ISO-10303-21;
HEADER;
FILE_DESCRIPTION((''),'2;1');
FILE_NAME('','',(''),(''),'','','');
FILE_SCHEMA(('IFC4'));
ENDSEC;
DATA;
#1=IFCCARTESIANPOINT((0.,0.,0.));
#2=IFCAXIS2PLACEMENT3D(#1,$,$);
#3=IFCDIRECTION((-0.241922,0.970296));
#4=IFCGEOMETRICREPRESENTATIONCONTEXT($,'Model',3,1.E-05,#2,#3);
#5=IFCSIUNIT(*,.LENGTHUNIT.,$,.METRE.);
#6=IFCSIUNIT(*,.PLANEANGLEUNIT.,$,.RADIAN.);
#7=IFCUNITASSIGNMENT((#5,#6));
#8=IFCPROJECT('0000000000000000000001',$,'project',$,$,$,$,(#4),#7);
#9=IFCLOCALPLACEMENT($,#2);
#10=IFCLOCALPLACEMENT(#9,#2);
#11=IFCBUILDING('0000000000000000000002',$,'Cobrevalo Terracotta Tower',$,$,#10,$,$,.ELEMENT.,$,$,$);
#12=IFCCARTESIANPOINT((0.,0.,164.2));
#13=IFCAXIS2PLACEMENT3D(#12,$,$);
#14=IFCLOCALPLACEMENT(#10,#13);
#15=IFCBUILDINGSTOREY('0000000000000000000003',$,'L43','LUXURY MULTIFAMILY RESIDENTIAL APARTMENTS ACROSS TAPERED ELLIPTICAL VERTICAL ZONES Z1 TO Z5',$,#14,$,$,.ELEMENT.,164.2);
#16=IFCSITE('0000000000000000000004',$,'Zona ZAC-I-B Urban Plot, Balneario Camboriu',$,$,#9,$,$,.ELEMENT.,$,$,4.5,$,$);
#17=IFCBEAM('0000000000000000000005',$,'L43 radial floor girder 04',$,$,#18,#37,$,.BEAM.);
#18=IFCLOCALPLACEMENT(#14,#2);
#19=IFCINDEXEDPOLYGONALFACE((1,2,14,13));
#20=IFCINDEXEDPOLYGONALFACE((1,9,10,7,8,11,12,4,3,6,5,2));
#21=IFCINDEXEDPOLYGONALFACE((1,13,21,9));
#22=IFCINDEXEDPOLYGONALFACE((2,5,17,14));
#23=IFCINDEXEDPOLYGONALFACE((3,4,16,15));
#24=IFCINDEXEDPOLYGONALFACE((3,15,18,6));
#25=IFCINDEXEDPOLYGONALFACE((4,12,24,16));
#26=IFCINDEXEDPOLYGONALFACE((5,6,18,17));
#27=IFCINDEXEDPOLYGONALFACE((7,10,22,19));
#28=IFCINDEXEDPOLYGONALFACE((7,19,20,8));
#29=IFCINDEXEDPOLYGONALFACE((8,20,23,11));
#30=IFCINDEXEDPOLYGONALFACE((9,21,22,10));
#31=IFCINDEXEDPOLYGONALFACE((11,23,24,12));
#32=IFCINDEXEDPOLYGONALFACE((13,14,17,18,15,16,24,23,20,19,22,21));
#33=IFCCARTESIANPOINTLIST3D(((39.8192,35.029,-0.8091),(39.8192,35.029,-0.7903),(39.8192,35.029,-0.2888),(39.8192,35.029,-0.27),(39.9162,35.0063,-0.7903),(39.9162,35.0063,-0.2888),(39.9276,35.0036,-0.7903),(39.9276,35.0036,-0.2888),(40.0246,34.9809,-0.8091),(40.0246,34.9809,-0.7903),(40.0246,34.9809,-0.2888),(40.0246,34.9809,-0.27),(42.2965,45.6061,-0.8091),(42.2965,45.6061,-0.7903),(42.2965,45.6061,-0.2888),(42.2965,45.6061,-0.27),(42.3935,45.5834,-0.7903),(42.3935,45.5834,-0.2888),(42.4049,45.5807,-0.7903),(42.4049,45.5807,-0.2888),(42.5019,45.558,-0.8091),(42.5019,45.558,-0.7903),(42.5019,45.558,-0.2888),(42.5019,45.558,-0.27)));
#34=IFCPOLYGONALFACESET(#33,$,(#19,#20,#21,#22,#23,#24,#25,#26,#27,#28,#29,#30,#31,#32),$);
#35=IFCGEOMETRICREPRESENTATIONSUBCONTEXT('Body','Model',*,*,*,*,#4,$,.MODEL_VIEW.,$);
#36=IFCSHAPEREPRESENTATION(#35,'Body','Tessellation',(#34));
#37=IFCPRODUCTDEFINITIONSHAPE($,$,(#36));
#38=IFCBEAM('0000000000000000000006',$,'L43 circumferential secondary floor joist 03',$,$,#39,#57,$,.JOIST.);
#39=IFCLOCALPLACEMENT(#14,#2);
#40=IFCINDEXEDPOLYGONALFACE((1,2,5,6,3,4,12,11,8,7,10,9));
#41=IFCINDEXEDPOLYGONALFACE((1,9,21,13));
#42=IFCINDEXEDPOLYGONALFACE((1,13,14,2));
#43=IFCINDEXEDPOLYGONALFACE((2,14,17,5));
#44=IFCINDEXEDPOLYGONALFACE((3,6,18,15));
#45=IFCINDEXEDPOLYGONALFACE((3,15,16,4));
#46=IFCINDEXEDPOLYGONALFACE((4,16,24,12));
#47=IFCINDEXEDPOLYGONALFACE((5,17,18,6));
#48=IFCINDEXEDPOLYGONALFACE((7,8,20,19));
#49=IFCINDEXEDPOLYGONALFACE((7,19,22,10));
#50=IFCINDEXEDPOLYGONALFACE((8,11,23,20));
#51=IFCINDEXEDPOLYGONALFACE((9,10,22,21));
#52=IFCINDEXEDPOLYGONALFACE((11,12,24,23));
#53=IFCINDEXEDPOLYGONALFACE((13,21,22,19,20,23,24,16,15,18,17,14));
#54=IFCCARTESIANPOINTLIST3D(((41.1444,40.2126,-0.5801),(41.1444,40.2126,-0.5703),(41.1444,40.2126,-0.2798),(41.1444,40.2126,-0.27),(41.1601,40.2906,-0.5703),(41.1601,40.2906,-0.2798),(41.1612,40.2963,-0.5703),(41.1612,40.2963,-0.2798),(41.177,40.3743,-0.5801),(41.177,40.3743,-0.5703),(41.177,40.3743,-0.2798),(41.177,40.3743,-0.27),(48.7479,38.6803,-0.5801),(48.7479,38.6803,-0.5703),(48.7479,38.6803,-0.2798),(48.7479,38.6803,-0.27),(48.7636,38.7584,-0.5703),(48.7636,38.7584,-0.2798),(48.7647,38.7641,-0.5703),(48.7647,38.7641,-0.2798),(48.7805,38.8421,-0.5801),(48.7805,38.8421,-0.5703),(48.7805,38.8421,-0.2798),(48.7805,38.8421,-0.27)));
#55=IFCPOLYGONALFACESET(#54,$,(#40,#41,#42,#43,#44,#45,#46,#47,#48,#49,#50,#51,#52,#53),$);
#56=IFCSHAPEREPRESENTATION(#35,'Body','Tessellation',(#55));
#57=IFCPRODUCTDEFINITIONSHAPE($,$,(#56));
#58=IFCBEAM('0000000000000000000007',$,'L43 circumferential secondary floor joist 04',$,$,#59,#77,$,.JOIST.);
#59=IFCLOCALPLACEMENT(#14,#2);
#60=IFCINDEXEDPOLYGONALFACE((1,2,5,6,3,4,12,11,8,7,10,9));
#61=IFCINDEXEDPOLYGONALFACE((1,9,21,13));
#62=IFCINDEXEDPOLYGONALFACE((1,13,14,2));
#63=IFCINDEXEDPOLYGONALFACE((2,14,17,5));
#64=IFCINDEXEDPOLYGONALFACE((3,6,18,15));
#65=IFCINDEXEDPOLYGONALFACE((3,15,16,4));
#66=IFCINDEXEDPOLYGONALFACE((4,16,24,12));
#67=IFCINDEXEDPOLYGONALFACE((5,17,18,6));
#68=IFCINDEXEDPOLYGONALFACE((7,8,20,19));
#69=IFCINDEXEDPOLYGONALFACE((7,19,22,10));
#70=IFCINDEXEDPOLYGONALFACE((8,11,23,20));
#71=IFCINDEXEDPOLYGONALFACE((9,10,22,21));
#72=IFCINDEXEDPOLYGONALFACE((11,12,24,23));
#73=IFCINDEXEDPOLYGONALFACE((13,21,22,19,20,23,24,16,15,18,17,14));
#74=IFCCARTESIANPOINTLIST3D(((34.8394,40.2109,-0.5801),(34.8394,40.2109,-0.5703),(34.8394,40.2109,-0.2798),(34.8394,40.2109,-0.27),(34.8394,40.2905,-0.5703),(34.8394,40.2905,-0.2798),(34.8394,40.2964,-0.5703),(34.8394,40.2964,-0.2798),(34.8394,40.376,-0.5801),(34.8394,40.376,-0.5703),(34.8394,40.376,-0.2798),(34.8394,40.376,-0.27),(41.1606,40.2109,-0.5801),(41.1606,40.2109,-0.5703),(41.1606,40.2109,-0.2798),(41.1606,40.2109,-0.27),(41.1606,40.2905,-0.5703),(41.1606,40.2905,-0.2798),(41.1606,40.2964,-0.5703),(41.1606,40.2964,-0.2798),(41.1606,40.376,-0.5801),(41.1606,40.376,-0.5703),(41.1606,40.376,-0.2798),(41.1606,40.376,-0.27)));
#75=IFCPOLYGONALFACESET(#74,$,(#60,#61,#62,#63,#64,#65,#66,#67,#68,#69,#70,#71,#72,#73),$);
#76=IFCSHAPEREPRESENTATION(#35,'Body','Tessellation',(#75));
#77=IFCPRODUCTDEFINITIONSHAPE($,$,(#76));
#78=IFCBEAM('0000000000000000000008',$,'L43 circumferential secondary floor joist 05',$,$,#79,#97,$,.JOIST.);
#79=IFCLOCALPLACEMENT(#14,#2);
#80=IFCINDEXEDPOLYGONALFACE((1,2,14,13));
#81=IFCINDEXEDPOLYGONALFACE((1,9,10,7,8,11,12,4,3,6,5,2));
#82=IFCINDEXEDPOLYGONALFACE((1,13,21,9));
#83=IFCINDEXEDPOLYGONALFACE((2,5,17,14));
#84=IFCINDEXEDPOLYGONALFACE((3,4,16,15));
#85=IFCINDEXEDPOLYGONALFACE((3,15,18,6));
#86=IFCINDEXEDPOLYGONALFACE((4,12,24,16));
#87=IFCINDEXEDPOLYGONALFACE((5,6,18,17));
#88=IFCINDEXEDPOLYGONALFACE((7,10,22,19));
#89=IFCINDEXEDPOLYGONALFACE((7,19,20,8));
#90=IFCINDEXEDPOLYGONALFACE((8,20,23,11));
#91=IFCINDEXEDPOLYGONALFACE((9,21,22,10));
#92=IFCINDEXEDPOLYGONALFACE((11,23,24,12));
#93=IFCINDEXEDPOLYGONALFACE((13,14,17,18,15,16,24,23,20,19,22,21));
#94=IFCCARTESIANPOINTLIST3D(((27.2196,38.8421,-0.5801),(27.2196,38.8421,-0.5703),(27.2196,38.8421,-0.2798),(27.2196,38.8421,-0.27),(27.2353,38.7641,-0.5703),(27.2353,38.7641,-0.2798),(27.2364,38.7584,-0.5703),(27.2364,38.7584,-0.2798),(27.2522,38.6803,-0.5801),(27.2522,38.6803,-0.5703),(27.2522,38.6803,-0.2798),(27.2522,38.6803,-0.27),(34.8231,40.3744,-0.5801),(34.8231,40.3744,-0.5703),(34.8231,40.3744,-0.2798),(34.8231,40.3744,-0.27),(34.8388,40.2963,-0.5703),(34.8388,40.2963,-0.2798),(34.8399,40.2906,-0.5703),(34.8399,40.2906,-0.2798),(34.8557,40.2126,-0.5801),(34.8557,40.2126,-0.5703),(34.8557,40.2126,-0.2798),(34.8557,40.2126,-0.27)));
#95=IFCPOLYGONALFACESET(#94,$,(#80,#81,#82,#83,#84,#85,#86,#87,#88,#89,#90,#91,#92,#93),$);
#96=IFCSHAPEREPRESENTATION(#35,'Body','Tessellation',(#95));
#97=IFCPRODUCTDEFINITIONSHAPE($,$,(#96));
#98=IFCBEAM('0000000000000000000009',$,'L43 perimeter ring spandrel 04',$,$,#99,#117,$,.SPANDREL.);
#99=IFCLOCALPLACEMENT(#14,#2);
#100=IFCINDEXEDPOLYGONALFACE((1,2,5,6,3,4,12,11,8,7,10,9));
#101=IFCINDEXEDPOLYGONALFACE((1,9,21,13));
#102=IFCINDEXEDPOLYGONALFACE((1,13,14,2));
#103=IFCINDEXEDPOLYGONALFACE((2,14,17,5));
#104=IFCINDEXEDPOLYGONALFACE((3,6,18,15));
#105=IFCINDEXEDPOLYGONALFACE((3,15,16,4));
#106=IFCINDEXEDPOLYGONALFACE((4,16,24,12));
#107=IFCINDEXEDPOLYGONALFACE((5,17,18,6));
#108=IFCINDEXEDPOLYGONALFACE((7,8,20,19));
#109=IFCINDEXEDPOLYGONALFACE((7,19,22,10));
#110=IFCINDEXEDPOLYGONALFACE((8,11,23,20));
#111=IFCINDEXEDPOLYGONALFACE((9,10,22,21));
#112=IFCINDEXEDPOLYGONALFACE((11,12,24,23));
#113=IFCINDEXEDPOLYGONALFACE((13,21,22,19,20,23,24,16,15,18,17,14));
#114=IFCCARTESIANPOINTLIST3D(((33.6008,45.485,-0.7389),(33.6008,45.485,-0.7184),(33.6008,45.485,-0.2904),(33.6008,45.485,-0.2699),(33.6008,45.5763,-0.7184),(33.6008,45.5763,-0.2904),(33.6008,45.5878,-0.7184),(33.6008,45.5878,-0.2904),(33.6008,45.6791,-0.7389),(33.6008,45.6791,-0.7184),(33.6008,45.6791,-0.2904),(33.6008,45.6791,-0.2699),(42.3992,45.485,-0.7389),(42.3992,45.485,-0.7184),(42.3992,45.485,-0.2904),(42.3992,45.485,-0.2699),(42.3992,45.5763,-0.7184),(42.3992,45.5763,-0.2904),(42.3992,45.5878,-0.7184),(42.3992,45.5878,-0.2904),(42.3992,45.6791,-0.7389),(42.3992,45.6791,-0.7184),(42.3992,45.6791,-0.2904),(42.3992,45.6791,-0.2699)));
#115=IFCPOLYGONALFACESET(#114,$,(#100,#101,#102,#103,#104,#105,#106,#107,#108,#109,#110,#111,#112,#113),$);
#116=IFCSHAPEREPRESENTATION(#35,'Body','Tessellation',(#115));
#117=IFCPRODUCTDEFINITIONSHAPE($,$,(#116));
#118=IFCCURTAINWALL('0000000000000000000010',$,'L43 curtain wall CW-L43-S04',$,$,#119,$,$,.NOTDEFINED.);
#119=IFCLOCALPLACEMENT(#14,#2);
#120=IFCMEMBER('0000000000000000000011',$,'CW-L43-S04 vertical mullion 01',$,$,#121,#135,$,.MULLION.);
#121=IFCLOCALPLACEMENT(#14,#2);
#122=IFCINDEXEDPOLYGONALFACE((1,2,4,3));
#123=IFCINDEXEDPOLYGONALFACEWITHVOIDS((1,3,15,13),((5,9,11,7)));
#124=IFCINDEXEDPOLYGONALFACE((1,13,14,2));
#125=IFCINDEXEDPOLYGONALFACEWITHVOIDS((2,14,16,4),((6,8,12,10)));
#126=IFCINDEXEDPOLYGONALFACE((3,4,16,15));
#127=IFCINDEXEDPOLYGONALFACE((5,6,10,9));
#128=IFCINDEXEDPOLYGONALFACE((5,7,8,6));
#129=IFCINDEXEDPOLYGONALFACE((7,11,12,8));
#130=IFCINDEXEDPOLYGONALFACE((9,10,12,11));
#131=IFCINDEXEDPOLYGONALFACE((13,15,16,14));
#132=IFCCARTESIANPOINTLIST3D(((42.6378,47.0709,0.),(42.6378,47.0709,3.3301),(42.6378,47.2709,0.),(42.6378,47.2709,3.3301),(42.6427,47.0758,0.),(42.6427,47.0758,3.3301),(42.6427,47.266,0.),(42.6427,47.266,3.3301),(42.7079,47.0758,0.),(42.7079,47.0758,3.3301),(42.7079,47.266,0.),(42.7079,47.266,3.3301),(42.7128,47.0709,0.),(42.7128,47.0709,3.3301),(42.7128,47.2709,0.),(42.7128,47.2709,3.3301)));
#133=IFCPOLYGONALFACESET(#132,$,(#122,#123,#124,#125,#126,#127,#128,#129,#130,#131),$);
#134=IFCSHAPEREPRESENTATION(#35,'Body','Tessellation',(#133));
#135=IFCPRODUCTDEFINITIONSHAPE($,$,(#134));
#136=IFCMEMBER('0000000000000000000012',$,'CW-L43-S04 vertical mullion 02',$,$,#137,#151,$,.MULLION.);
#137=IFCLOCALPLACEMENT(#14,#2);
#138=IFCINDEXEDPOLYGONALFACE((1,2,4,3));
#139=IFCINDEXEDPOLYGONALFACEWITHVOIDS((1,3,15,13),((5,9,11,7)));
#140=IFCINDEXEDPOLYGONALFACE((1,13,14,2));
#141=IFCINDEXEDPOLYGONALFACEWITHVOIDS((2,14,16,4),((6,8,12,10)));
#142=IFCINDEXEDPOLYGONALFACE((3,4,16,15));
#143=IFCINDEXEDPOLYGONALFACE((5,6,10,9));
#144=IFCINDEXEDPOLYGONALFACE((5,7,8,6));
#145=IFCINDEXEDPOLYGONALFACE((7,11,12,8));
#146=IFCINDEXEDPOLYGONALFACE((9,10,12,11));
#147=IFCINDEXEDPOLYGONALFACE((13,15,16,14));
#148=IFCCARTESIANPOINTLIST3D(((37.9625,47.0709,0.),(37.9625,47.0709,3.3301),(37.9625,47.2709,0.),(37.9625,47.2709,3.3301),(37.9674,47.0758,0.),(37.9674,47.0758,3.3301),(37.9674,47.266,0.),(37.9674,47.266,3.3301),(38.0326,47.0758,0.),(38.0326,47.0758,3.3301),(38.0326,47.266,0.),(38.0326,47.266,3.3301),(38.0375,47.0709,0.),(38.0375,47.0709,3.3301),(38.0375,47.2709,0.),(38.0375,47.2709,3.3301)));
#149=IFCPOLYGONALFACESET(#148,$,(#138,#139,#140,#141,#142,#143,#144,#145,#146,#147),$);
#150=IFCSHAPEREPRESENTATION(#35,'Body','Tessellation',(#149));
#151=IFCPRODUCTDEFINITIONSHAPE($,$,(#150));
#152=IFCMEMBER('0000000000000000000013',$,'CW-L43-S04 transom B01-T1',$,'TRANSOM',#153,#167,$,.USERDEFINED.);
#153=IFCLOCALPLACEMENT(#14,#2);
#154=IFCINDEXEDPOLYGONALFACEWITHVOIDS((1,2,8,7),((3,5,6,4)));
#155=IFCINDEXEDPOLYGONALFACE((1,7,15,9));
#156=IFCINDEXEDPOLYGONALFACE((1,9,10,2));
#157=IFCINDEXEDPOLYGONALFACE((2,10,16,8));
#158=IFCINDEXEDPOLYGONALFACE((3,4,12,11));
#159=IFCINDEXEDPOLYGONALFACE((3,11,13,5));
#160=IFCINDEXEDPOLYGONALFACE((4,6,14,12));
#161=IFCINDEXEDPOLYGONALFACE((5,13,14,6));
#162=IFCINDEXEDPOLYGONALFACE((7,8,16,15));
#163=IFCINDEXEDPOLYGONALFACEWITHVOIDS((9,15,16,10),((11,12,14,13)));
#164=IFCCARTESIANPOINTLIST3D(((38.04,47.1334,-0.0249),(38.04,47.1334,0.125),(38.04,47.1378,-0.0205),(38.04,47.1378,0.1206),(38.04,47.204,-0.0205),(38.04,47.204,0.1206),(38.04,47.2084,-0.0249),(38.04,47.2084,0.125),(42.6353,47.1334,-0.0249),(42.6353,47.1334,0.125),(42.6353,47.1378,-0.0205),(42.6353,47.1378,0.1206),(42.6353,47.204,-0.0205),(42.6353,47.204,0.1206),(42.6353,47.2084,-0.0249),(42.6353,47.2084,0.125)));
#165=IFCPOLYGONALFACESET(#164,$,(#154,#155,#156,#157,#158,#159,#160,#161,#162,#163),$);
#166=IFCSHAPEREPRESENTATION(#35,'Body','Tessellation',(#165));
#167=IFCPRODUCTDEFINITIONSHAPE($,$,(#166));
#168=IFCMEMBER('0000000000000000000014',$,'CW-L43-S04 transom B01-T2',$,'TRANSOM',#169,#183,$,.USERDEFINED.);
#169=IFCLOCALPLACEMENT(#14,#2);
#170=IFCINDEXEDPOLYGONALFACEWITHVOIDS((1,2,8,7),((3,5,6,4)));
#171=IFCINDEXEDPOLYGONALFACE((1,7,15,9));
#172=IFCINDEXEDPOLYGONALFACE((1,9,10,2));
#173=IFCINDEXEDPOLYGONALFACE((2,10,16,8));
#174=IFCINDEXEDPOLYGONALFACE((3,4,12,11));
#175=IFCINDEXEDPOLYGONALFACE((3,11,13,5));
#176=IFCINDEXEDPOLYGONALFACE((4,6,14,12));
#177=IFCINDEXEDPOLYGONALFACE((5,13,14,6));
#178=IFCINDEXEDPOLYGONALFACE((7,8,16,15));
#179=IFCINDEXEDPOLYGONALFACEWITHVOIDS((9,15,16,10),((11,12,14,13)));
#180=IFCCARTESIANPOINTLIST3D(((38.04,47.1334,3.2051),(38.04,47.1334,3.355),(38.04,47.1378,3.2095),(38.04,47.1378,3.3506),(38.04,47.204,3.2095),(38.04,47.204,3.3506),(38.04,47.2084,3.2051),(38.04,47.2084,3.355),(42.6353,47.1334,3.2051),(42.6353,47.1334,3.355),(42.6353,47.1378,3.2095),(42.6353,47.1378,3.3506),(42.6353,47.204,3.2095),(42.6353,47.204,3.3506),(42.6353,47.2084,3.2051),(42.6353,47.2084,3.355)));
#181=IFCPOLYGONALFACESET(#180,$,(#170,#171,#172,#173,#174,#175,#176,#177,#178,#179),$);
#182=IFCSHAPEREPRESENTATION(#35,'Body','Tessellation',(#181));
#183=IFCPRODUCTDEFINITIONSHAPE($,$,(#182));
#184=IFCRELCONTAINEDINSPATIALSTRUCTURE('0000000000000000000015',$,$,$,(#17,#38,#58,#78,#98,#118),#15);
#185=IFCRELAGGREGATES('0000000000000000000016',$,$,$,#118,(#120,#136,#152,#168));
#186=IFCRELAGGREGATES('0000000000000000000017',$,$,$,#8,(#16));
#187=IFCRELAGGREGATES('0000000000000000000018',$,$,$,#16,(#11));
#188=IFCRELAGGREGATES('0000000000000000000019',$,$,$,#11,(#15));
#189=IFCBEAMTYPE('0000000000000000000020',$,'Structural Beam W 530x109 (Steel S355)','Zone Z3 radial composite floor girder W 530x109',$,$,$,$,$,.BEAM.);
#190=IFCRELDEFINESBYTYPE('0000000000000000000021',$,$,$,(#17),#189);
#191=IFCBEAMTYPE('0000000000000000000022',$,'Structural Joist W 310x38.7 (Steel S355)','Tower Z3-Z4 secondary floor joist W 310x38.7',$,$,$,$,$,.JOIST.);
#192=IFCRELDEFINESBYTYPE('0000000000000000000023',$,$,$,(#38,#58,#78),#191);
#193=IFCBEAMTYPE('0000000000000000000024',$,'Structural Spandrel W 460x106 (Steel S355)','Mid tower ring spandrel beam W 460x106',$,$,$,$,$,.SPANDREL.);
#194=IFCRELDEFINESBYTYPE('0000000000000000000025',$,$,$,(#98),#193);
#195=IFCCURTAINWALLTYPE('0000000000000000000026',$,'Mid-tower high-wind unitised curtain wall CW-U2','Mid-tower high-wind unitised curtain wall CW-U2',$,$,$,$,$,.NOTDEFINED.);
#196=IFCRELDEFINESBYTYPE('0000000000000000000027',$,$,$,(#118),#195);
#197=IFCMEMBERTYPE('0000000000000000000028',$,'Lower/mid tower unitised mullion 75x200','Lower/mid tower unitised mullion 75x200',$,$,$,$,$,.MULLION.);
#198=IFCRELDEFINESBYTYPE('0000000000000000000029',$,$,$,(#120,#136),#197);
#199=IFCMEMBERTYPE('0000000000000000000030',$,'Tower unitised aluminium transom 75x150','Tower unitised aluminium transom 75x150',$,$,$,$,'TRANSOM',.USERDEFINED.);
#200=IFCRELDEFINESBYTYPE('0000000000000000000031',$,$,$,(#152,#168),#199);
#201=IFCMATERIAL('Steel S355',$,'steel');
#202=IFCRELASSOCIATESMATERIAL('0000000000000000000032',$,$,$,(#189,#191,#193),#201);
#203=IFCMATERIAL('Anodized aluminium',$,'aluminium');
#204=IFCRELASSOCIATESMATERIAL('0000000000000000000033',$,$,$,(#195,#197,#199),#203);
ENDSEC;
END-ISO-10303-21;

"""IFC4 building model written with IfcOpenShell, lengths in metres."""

from ifc_helpers import new_model, si_unit, direction, frame, origin, origin_2d, place, context, subcontext, project, spatial, hollow_rectangle, i_section, extrude, source, transform, mapped, material, material_profile, profile_set, type_object, element, aggregate, save


model = new_model("IFC4")

# Units and contexts
model_context = context("Model", 3, precision=1e-05, world=origin(), true_north=direction((-0.241922, 0.970296)))
body_context = subcontext(model_context, "Body", "Model", "MODEL_VIEW")
ifc_project = project(units=[si_unit("LENGTHUNIT", "METRE"), si_unit("PLANEANGLEUNIT", "RADIAN")], contexts=[model_context])

# Site, building, storey
site_placement = place(None, origin())
site = spatial("IfcSite", under=ifc_project, at=site_placement, Name="Zona ZAC-I-B Urban Plot, Balneario Camboriu", CompositionType="ELEMENT", RefElevation=4.5)
building_placement = place(site_placement, origin())
building = spatial("IfcBuilding", under=site, at=building_placement, Name="Cobrevalo Terracotta Tower", CompositionType="ELEMENT")
storey_placement = place(building_placement, frame((0.0, 0.0, 164.2)))
storey = spatial("IfcBuildingStorey", under=building, at=storey_placement, Name="L43", Description="LUXURY MULTIFAMILY RESIDENTIAL APARTMENTS ACROSS TAPERED ELLIPTICAL VERTICAL ZONES Z1 TO Z5", CompositionType="ELEMENT", Elevation=164.2)

# Shared definitions
ifc_material_1 = material(Name="Steel S355", Category="steel")

# Beams
ifc_material_profile_1 = material_profile(ifc_material_1, i_section(OverallWidth=0.2109, OverallDepth=0.5391, WebThickness=0.0117, FlangeThickness=0.0188, at=origin_2d()), Name="W 530x109")
ifc_profile_set_1 = profile_set([ifc_material_profile_1], Name="Steel S355")
beam_type_1 = type_object("IfcBeamType", Name="Structural Beam W 530x109 (Steel S355)", Description="Zone Z3 radial composite floor girder W 530x109", PredefinedType="BEAM", material=ifc_profile_set_1)
beam_1_placement = place(storey_placement, frame((42.3992, 45.582, -0.5396), z_axis=(-0.228041, -0.973652, 0.0), x_axis=(0.973652, -0.228041, 0.0)))
element("IfcBeam", 1, at=beam_1_placement, inside=storey, type_object=beam_type_1, Name="L43 radial floor girder 04", PredefinedType="BEAM", context=body_context, shape_type="SweptSolid", body=[
    extrude(i_section(OverallWidth=0.2109, OverallDepth=0.5391, WebThickness=0.0117, FlangeThickness=0.0188, at=origin_2d()), origin(), (0.0, 0.0, 1.0), 10.8633),
])
ifc_material_profile_2 = material_profile(ifc_material_1, i_section(OverallWidth=0.165, OverallDepth=0.3101, WebThickness=0.0059, FlangeThickness=0.0098, at=origin_2d()), Name="W 310x38.7")
ifc_profile_set_2 = profile_set([ifc_material_profile_2], Name="Steel S355")
beam_type_2 = type_object("IfcBeamType", Name="Structural Joist W 310x38.7 (Steel S355)", Description="Tower Z3-Z4 secondary floor joist W 310x38.7", PredefinedType="JOIST", material=ifc_profile_set_2)
beam_2_placement = place(storey_placement, frame((48.7642, 38.7612, -0.425), z_axis=(-0.980294, 0.197544, 0.0), x_axis=(-0.197544, -0.980294, 0.0)))
element("IfcBeam", 2, at=beam_2_placement, inside=storey, type_object=beam_type_2, Name="L43 circumferential secondary floor joist 03", PredefinedType="JOIST", context=body_context, shape_type="SweptSolid", body=[
    extrude(i_section(OverallWidth=0.165, OverallDepth=0.3101, WebThickness=0.0059, FlangeThickness=0.0098, at=origin_2d()), origin(), (0.0, 0.0, 1.0), 7.7563),
])
beam_3_placement = place(storey_placement, frame((41.1606, 40.2935, -0.425), z_axis=(-1.0, 0.0, 0.0), x_axis=(0.0, -1.0, 0.0)))
element("IfcBeam", 3, at=beam_3_placement, inside=storey, type_object=beam_type_2, Name="L43 circumferential secondary floor joist 04", PredefinedType="JOIST", context=body_context, shape_type="SweptSolid", body=[
    extrude(i_section(OverallWidth=0.165, OverallDepth=0.3101, WebThickness=0.0059, FlangeThickness=0.0098, at=origin_2d()), origin(), (0.0, 0.0, 1.0), 6.3213),
])
beam_4_placement = place(storey_placement, frame((34.8394, 40.2935, -0.425), z_axis=(-0.980294, -0.197544, 0.0), x_axis=(0.197544, -0.980294, 0.0)))
element("IfcBeam", 4, at=beam_4_placement, inside=storey, type_object=beam_type_2, Name="L43 circumferential secondary floor joist 05", PredefinedType="JOIST", context=body_context, shape_type="SweptSolid", body=[
    extrude(i_section(OverallWidth=0.165, OverallDepth=0.3101, WebThickness=0.0059, FlangeThickness=0.0098, at=origin_2d()), origin(), (0.0, 0.0, 1.0), 7.7563),
])
ifc_material_profile_3 = material_profile(ifc_material_1, i_section(OverallWidth=0.1941, OverallDepth=0.469, WebThickness=0.0115, FlangeThickness=0.0205, at=origin_2d()), Name="W 460x106")
ifc_profile_set_3 = profile_set([ifc_material_profile_3], Name="Steel S355")
beam_type_3 = type_object("IfcBeamType", Name="Structural Spandrel W 460x106 (Steel S355)", Description="Mid tower ring spandrel beam W 460x106", PredefinedType="SPANDREL", material=ifc_profile_set_3)
beam_5_placement = place(storey_placement, frame((42.3992, 45.582, -0.5044), z_axis=(-1.0, 0.0, 0.0), x_axis=(0.0, -1.0, 0.0)))
element("IfcBeam", 5, at=beam_5_placement, inside=storey, type_object=beam_type_3, Name="L43 perimeter ring spandrel 04", PredefinedType="SPANDREL", context=body_context, shape_type="SweptSolid", body=[
    extrude(i_section(OverallWidth=0.1941, OverallDepth=0.469, WebThickness=0.0115, FlangeThickness=0.0205, at=origin_2d()), origin(), (0.0, 0.0, 1.0), 8.7983),
])

# Curtain wall, members
ifc_material_2 = material(Name="Anodized aluminium", Category="aluminium")
curtain_wall_type = type_object("IfcCurtainWallType", Name="Mid-tower high-wind unitised curtain wall CW-U2", Description="Mid-tower high-wind unitised curtain wall CW-U2", PredefinedType="NOTDEFINED", material=ifc_material_2)
curtain_wall_placement = place(storey_placement, origin())
curtain_wall = element("IfcCurtainWall", 6, at=curtain_wall_placement, inside=storey, type_object=curtain_wall_type, Name="L43 curtain wall CW-L43-S04", PredefinedType="NOTDEFINED")
ifc_material_profile_4 = material_profile(ifc_material_2, hollow_rectangle(XDim=0.075, YDim=0.2, WallThickness=0.0049, at=origin_2d()), Name="CWM 75x200")
ifc_profile_set_4 = profile_set([ifc_material_profile_4], Name="Anodized aluminium")
member_type_1 = type_object("IfcMemberType", Name="Lower/mid tower unitised mullion 75x200", Description="Lower/mid tower unitised mullion 75x200", PredefinedType="MULLION", material=ifc_profile_set_4)
shared_shape_1 = source(origin(), body_context, "Body", "SweptSolid", [
    extrude(hollow_rectangle(XDim=0.075, YDim=0.2, WallThickness=0.0049, at=origin_2d()), origin(), (0.0, 0.0, 1.0), 3.3301),
])
member_1_placement = place(storey_placement, frame((42.6753, 47.1709, 0.0), z_axis=(0.0, 0.0, 1.0), x_axis=(-1.0, 0.0, 0.0)))
member_1 = element("IfcMember", 7, at=member_1_placement, type_object=member_type_1, Name="CW-L43-S04 vertical mullion 01", PredefinedType="MULLION", context=body_context, shape_type="MappedRepresentation", body=[
    mapped(shared_shape_1, transform((0.0, 0.0, 0.0), scale=1.0)),
])
member_2_placement = place(storey_placement, frame((38.0, 47.1709, 0.0), z_axis=(0.0, 0.0, 1.0), x_axis=(-1.0, 0.0, 0.0)))
member_2 = element("IfcMember", 8, at=member_2_placement, type_object=member_type_1, Name="CW-L43-S04 vertical mullion 02", PredefinedType="MULLION", context=body_context, shape_type="MappedRepresentation", body=[
    mapped(shared_shape_1, transform((0.0, 0.0, 0.0), scale=1.0)),
])
ifc_material_profile_5 = material_profile(ifc_material_2, hollow_rectangle(XDim=0.075, YDim=0.1499, WallThickness=0.0044, at=origin_2d()), Name="CWT 75x150")
ifc_profile_set_5 = profile_set([ifc_material_profile_5], Name="Anodized aluminium")
member_type_2 = type_object("IfcMemberType", Name="Tower unitised aluminium transom 75x150", Description="Tower unitised aluminium transom 75x150", ElementType="TRANSOM", PredefinedType="USERDEFINED", material=ifc_profile_set_5)
shared_shape_2 = source(origin(), body_context, "Body", "SweptSolid", [
    extrude(hollow_rectangle(XDim=0.075, YDim=0.1499, WallThickness=0.0044, at=origin_2d()), origin(), (0.0, 0.0, 1.0), 4.5952),
])
member_3_placement = place(storey_placement, frame((42.6353, 47.1709, 0.05), z_axis=(-1.0, 0.0, 0.0), x_axis=(0.0, -1.0, 0.0)))
member_3 = element("IfcMember", 9, at=member_3_placement, type_object=member_type_2, Name="CW-L43-S04 transom B01-T1", ObjectType="TRANSOM", PredefinedType="USERDEFINED", context=body_context, shape_type="MappedRepresentation", body=[
    mapped(shared_shape_2, transform((0.0, 0.0, 0.0), scale=1.0)),
])
member_4_placement = place(storey_placement, frame((42.6353, 47.1709, 3.28), z_axis=(-1.0, 0.0, 0.0), x_axis=(0.0, -1.0, 0.0)))
member_4 = element("IfcMember", 10, at=member_4_placement, type_object=member_type_2, Name="CW-L43-S04 transom B01-T2", ObjectType="TRANSOM", PredefinedType="USERDEFINED", context=body_context, shape_type="MappedRepresentation", body=[
    mapped(shared_shape_2, transform((0.0, 0.0, 0.0), scale=1.0)),
])
aggregate(curtain_wall, [member_1, member_2, member_3, member_4])

save(model, "model.ifc")
